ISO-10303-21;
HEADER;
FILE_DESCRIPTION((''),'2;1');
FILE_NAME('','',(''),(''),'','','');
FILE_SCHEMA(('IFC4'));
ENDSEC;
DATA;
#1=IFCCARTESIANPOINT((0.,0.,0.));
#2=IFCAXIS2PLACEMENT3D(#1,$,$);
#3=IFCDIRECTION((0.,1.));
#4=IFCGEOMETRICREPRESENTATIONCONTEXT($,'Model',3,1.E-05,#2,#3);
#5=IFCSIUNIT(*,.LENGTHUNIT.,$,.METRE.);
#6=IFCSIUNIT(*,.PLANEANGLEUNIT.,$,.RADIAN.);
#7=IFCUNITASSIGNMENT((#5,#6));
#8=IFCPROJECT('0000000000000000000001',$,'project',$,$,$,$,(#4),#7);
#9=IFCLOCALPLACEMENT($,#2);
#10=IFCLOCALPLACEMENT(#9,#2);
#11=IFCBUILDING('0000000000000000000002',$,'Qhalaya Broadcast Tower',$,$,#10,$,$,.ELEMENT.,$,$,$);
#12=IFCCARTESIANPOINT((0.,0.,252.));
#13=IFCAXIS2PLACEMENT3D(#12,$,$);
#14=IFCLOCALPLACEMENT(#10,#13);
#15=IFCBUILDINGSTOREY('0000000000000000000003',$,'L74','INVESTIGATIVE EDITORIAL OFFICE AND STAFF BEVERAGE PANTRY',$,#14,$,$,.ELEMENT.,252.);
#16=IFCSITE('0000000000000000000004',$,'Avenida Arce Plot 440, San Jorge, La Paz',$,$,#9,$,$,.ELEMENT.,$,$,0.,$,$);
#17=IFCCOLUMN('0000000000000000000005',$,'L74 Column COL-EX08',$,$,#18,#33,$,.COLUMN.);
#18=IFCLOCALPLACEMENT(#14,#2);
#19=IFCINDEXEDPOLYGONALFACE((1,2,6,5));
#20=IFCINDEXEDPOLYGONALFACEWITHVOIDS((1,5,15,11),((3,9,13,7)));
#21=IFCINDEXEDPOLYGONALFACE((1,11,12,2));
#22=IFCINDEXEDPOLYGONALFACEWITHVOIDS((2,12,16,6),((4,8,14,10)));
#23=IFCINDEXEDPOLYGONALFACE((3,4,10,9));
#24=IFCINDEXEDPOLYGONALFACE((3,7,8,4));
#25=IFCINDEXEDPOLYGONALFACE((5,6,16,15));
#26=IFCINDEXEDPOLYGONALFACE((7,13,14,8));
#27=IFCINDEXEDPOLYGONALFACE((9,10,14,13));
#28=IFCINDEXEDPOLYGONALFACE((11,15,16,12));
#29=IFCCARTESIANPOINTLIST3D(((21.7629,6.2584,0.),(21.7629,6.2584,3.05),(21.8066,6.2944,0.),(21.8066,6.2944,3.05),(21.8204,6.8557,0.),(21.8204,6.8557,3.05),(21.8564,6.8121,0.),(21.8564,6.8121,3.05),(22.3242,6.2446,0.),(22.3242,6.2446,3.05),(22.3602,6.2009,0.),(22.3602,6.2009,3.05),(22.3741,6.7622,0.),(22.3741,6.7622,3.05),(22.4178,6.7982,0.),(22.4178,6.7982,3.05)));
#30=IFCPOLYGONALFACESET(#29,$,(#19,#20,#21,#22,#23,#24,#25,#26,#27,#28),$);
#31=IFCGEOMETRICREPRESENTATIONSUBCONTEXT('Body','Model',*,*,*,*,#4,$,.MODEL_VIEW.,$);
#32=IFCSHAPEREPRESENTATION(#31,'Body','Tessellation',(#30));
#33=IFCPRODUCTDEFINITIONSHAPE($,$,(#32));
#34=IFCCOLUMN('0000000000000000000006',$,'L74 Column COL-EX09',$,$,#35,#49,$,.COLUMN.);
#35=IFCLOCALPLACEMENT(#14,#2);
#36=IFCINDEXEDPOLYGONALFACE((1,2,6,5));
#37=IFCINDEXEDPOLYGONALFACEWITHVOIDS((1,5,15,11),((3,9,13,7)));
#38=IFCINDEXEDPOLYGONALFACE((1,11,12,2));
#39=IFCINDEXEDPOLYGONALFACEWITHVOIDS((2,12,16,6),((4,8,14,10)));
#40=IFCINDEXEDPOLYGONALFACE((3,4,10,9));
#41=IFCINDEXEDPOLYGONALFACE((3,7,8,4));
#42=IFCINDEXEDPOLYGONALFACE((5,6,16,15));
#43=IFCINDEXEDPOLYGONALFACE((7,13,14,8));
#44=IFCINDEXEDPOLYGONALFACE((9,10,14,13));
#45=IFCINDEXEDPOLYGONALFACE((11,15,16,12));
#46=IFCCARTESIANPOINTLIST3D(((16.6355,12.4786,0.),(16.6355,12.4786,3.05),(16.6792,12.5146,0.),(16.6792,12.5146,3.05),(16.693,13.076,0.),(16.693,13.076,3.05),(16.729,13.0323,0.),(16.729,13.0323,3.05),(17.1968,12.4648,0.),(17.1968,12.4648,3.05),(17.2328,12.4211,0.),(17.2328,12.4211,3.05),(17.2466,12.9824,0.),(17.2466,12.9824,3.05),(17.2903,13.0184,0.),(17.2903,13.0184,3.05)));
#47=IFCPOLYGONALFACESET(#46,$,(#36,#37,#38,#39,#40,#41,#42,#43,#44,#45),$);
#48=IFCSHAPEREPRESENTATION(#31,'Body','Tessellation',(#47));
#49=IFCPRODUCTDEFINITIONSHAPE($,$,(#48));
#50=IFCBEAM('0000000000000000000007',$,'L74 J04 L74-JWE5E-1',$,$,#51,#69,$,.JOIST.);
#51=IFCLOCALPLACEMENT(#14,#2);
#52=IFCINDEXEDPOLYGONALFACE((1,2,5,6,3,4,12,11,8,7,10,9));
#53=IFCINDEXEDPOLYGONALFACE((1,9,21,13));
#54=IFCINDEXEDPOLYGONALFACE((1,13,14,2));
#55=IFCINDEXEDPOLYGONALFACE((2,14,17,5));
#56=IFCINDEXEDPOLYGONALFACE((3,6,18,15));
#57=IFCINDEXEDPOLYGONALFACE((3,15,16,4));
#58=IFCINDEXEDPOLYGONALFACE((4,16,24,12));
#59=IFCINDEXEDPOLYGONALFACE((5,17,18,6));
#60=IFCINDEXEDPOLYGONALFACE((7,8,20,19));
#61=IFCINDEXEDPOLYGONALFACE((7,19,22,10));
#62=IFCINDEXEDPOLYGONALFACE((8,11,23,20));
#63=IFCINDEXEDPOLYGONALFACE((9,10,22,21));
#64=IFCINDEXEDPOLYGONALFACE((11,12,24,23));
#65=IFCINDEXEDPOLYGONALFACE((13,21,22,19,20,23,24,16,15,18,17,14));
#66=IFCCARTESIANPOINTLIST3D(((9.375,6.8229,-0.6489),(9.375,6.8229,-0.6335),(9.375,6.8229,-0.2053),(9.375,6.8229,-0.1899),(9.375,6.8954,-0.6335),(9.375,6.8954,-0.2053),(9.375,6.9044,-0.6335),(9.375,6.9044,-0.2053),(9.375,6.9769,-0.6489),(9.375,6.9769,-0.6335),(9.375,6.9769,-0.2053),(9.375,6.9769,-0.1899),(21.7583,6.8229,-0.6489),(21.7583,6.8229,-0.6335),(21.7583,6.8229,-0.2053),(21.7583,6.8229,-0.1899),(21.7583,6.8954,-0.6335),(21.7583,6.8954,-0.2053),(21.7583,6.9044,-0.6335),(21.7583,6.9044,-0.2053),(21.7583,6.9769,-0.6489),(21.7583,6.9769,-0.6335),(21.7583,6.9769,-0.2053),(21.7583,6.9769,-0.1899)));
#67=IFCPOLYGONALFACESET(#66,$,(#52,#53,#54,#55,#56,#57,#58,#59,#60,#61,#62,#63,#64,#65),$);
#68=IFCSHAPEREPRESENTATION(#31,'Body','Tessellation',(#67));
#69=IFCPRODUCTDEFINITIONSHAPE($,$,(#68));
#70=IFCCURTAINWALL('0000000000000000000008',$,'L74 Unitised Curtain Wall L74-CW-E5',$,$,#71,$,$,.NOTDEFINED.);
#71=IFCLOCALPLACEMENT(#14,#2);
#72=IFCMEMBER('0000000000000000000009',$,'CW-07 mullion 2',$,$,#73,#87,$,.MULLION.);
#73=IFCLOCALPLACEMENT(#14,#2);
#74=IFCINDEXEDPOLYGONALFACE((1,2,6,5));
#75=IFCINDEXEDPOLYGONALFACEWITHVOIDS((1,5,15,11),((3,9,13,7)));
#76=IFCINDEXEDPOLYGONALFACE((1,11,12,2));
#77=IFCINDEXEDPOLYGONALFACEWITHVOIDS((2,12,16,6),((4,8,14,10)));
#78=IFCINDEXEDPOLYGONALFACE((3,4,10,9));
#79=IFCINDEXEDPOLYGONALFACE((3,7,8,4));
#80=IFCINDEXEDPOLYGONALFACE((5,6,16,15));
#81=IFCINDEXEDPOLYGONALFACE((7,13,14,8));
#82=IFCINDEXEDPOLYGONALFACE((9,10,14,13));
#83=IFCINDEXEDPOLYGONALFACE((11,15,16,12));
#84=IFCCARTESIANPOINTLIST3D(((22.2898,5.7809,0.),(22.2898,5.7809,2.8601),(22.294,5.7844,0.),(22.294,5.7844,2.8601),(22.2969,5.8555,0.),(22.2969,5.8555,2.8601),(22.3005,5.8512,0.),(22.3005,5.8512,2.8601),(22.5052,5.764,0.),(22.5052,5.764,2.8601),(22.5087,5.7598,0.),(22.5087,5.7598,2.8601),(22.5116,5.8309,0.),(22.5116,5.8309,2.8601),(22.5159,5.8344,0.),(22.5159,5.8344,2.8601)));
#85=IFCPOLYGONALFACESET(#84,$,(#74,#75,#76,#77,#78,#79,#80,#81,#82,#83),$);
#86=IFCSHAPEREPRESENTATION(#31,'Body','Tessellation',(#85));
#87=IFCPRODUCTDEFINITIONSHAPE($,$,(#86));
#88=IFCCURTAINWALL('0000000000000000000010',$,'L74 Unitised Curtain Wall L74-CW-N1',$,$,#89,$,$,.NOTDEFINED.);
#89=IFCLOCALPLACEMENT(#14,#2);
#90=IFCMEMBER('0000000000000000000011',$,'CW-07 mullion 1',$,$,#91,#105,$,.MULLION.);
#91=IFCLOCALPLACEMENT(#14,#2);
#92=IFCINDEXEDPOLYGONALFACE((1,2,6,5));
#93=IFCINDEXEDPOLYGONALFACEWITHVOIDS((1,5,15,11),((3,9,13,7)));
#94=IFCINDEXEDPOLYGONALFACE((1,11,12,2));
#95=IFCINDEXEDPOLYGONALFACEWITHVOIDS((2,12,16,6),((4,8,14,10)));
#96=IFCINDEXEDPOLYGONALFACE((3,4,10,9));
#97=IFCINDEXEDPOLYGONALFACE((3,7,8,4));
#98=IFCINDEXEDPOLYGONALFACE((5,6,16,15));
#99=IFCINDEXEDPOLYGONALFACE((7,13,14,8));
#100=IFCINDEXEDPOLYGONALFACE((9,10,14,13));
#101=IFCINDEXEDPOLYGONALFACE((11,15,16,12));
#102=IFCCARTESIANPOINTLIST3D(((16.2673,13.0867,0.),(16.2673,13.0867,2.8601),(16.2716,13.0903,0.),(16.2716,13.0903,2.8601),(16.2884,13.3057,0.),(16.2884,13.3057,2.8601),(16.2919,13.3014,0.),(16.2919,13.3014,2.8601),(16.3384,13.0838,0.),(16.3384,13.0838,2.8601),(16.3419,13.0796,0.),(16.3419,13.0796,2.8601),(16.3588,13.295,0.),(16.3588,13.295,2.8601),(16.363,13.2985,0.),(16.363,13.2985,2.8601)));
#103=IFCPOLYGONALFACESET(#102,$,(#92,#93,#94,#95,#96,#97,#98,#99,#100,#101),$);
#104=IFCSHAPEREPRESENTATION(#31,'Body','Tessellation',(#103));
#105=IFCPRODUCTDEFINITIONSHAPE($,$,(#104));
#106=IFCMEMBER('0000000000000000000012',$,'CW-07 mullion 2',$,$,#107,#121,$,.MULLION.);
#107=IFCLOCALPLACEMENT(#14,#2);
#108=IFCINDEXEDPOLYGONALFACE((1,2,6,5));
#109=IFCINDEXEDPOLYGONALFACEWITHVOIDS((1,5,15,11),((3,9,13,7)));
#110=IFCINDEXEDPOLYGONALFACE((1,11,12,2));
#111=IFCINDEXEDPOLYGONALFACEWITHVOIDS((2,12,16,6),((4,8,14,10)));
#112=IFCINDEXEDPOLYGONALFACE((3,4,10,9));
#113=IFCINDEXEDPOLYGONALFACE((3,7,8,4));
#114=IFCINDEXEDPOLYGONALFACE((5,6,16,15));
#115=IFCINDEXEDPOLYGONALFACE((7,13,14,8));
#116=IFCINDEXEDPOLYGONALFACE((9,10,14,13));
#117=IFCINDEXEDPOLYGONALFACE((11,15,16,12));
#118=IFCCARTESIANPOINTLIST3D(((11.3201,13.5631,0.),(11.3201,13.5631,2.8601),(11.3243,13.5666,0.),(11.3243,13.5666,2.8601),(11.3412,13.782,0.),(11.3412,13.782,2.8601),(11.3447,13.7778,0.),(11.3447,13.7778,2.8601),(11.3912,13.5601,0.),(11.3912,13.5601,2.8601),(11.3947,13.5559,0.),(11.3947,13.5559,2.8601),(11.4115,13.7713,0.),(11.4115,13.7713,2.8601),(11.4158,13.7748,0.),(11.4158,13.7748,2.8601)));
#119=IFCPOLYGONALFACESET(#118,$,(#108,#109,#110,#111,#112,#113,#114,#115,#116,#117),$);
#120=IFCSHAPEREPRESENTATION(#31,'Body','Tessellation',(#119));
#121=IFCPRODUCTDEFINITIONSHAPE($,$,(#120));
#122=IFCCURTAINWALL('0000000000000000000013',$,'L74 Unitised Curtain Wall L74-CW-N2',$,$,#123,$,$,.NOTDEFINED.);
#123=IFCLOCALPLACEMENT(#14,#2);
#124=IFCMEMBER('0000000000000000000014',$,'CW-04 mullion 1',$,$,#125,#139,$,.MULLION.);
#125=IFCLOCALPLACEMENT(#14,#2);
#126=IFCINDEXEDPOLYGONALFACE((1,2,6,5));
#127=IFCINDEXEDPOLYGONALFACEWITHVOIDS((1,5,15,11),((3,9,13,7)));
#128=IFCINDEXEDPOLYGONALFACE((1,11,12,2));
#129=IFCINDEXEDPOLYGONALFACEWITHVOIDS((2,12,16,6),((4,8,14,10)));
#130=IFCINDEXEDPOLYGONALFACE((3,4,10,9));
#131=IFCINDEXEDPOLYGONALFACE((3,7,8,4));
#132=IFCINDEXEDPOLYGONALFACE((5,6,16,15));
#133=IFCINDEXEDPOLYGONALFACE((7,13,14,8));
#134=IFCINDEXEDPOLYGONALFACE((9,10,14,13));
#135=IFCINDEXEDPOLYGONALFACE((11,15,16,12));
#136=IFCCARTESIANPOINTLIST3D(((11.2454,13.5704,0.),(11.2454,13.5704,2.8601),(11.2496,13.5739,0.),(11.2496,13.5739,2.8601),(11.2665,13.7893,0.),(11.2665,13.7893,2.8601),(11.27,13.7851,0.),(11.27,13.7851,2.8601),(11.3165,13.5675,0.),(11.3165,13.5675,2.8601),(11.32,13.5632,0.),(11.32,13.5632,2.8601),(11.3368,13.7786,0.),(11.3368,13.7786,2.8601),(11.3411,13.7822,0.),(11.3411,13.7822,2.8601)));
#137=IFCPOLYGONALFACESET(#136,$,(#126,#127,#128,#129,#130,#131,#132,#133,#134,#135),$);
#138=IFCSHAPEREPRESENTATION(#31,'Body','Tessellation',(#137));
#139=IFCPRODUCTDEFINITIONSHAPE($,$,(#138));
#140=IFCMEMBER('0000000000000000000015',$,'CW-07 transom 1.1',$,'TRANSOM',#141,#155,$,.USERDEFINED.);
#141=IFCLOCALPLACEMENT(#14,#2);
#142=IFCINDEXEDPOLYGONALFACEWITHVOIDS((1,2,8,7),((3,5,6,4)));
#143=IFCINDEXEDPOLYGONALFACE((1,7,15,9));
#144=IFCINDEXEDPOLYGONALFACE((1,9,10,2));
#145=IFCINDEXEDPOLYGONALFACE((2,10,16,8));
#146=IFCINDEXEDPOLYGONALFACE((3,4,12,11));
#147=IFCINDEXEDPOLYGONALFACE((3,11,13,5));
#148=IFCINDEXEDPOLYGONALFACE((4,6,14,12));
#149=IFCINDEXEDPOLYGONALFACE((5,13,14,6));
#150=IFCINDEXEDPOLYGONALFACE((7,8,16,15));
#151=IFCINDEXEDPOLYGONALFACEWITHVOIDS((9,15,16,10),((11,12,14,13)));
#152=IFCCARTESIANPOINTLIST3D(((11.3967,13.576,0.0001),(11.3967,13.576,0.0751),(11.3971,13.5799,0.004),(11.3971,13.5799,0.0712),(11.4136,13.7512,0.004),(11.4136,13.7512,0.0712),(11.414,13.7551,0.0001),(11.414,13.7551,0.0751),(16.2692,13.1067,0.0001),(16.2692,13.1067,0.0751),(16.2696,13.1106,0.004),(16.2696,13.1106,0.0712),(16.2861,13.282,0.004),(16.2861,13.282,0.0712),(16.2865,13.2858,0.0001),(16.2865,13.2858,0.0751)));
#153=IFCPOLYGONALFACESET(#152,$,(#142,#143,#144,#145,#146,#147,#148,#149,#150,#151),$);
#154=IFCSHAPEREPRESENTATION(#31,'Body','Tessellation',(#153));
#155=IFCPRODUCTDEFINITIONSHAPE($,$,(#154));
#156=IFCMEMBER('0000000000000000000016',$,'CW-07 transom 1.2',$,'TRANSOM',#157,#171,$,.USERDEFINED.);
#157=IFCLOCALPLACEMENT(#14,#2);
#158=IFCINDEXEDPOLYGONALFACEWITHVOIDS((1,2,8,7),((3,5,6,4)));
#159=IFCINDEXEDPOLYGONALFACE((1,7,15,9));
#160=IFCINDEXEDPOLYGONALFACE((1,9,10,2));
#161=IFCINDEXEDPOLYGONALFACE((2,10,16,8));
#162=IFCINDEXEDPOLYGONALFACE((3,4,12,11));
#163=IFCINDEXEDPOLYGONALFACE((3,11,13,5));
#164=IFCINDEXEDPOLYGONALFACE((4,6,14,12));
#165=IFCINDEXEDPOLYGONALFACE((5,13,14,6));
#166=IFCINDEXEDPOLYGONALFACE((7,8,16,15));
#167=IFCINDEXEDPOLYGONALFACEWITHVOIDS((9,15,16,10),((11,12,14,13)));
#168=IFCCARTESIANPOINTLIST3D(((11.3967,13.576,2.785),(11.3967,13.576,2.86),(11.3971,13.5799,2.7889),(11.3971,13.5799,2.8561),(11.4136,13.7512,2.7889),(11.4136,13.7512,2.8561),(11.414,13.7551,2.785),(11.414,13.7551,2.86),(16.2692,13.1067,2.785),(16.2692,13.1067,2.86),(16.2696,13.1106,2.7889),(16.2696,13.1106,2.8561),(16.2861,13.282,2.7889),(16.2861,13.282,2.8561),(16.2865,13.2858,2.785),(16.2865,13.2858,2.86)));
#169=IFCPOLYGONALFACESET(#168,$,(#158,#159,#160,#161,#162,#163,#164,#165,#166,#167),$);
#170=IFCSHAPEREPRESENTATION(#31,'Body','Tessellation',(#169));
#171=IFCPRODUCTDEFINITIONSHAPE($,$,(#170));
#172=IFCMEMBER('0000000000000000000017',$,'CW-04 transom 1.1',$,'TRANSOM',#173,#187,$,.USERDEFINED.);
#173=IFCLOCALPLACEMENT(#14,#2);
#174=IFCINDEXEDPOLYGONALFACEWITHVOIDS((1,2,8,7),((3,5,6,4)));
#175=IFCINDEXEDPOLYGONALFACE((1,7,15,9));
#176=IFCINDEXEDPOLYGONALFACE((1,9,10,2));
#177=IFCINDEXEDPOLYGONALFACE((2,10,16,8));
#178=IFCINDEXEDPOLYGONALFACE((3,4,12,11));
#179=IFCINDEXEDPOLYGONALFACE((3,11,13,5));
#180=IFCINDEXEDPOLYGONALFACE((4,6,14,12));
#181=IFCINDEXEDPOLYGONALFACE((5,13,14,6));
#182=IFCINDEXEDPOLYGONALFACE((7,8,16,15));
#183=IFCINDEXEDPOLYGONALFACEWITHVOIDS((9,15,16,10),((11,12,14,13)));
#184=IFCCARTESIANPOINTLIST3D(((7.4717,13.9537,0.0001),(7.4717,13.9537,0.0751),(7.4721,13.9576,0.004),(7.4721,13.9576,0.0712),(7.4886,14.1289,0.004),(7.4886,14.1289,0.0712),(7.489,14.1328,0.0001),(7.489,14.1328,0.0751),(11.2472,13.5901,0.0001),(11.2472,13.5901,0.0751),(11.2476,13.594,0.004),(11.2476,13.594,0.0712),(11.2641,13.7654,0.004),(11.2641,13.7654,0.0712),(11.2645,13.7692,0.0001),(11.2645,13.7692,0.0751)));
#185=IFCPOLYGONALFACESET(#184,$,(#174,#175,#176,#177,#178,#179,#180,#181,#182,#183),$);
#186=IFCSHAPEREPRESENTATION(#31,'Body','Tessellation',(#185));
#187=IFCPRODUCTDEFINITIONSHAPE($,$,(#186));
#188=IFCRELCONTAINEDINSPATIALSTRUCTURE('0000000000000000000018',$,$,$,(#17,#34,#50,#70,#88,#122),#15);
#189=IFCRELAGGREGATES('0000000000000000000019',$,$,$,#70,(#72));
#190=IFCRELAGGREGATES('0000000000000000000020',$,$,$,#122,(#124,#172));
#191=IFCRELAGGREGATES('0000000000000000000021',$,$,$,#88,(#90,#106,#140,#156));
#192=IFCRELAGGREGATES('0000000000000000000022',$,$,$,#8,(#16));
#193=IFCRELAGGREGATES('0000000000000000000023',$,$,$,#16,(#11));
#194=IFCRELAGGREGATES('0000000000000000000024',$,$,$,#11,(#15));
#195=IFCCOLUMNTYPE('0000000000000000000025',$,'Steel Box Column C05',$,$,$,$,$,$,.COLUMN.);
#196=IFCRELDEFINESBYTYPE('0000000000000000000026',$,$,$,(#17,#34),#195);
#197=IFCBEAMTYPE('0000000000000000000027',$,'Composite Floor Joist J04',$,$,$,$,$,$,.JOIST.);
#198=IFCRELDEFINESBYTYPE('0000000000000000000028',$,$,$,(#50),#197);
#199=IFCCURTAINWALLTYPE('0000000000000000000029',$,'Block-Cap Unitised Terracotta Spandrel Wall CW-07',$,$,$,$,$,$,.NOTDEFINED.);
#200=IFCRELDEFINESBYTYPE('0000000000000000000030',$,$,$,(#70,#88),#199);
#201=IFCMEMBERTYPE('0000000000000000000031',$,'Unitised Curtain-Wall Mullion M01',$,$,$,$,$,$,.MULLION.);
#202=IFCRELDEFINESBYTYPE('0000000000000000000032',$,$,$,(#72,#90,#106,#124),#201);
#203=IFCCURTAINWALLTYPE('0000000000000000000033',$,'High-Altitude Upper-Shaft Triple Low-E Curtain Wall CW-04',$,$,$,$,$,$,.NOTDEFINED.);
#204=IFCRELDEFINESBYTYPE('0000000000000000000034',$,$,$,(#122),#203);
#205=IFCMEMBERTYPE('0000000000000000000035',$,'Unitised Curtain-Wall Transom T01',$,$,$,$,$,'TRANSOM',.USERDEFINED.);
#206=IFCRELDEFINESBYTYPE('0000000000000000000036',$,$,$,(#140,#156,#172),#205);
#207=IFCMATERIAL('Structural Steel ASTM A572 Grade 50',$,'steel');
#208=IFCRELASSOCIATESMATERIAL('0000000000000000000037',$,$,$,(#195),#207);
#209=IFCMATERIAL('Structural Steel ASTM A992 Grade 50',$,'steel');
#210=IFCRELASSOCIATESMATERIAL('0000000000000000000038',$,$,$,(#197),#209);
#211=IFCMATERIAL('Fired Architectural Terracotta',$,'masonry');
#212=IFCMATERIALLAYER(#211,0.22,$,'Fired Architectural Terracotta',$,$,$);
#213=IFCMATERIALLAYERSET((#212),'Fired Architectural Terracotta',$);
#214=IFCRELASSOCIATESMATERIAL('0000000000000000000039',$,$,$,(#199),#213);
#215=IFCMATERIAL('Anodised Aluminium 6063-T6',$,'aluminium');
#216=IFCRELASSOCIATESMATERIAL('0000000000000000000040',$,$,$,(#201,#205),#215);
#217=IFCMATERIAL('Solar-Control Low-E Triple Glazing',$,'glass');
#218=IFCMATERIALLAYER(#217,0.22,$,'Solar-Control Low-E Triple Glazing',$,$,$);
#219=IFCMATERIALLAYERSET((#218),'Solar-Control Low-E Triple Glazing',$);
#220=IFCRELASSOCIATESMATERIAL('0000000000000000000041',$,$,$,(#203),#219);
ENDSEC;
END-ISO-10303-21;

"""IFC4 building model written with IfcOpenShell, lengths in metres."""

from ifc_helpers import new_model, si_unit, direction, frame, origin, origin_2d, place, context, subcontext, project, spatial, hollow_rectangle, i_section, extrude, material, layer, layer_set, material_profile, profile_set, type_object, element, aggregate, save


model = new_model("IFC4")

# Units and contexts
model_context = context("Model", 3, precision=1e-05, world=origin(), true_north=direction((0.0, 1.0)))
body_context = subcontext(model_context, "Body", "Model", "MODEL_VIEW")
ifc_project = project(units=[si_unit("LENGTHUNIT", "METRE"), si_unit("PLANEANGLEUNIT", "RADIAN")], contexts=[model_context])

# Site, building, storey
site_placement = place(None, origin())
site = spatial("IfcSite", under=ifc_project, at=site_placement, Name="Avenida Arce Plot 440, San Jorge, La Paz", CompositionType="ELEMENT", RefElevation=0.0)
building_placement = place(site_placement, origin())
building = spatial("IfcBuilding", under=site, at=building_placement, Name="Qhalaya Broadcast Tower", CompositionType="ELEMENT")
storey_placement = place(building_placement, frame((0.0, 0.0, 252.0)))
storey = spatial("IfcBuildingStorey", under=building, at=storey_placement, Name="L74", Description="INVESTIGATIVE EDITORIAL OFFICE AND STAFF BEVERAGE PANTRY", CompositionType="ELEMENT", Elevation=252.0)

# Columns
ifc_material_1 = material(Name="Structural Steel ASTM A572 Grade 50", Category="steel")
ifc_material_profile_1 = material_profile(ifc_material_1, hollow_rectangle(XDim=0.6001, YDim=0.6001, WallThickness=0.04, at=origin_2d()), Name="BOX 600x600x40")
ifc_profile_set_1 = profile_set([ifc_material_profile_1], Name="Structural Steel ASTM A572 Grade 50")
column_type = type_object("IfcColumnType", Name="Steel Box Column C05", PredefinedType="COLUMN", material=ifc_profile_set_1)
for number, where, z_axis, x_axis, name in (
    (1, (22.0903, 6.5283, 0.0), (0.0, 0.0, 1.0), (0.095846, 0.995396, 0.0), "L74 Column COL-EX08"),
    (2, (16.9629, 12.7485, 0.0), (0.0, 0.0, 1.0), (0.995396, -0.095846, 0.0), "L74 Column COL-EX09"),
):
    element("IfcColumn", number, at=place(storey_placement, frame(where, z_axis=z_axis, x_axis=x_axis)), inside=storey, type_object=column_type, Name=name, PredefinedType="COLUMN", context=body_context, shape_type="SweptSolid", body=[
        extrude(hollow_rectangle(XDim=0.6001, YDim=0.6001, WallThickness=0.04, at=origin_2d()), origin(), (0.0, 0.0, 1.0), 3.05),
    ])

# Beam
ifc_material_2 = material(Name="Structural Steel ASTM A992 Grade 50", Category="steel")
ifc_material_profile_2 = material_profile(ifc_material_2, i_section(OverallWidth=0.1541, OverallDepth=0.459, WebThickness=0.009, FlangeThickness=0.0154, at=origin_2d()), Name="W18X46")
ifc_profile_set_2 = profile_set([ifc_material_profile_2], Name="Structural Steel ASTM A992 Grade 50")
beam_type_1 = type_object("IfcBeamType", Name="Composite Floor Joist J04", PredefinedType="JOIST", material=ifc_profile_set_2)
beam_1_placement = place(storey_placement, frame((9.375, 6.8999, -0.4194), z_axis=(1.0, 0.0, 0.0), x_axis=(0.0, 1.0, 0.0)))
element("IfcBeam", 3, at=beam_1_placement, inside=storey, type_object=beam_type_1, Name="L74 J04 L74-JWE5E-1", PredefinedType="JOIST", context=body_context, shape_type="SweptSolid", body=[
    extrude(i_section(OverallWidth=0.1541, OverallDepth=0.459, WebThickness=0.009, FlangeThickness=0.0154, at=origin_2d()), origin(), (0.0, 0.0, 1.0), 12.3833),
])

# Curtain wall, member
ifc_material_3 = material(Name="Fired Architectural Terracotta", Category="masonry")
ifc_layer_1 = layer(ifc_material_3, 0.22, Name="Fired Architectural Terracotta")
ifc_layer_set_1 = layer_set([ifc_layer_1], Name="Fired Architectural Terracotta")
curtain_wall_type_1 = type_object("IfcCurtainWallType", Name="Block-Cap Unitised Terracotta Spandrel Wall CW-07", PredefinedType="NOTDEFINED", material=ifc_layer_set_1)
curtain_wall_1_placement = place(storey_placement, origin())
curtain_wall_1 = element("IfcCurtainWall", 4, at=curtain_wall_1_placement, inside=storey, type_object=curtain_wall_type_1, Name="L74 Unitised Curtain Wall L74-CW-E5", PredefinedType="NOTDEFINED")
ifc_material_4 = material(Name="Anodised Aluminium 6063-T6", Category="aluminium")
ifc_material_profile_3 = material_profile(ifc_material_4, hollow_rectangle(XDim=0.075, YDim=0.22, WallThickness=0.0039, at=origin_2d()), Name="ALU-MUL 75x220x4")
ifc_profile_set_3 = profile_set([ifc_material_profile_3], Name="Anodised Aluminium 6063-T6")
member_type_1 = type_object("IfcMemberType", Name="Unitised Curtain-Wall Mullion M01", PredefinedType="MULLION", material=ifc_profile_set_3)
member_1_placement = place(storey_placement, frame((22.4028, 5.8076, 0.0), z_axis=(0.0, 0.0, 1.0), x_axis=(0.09584, 0.995397, 0.0)))
member_1 = element("IfcMember", 5, at=member_1_placement, type_object=member_type_1, Name="CW-07 mullion 2", PredefinedType="MULLION", context=body_context, shape_type="SweptSolid", body=[
    extrude(hollow_rectangle(XDim=0.075, YDim=0.22, WallThickness=0.0039, at=origin_2d()), origin(), (0.0, 0.0, 1.0), 2.8601),
])
aggregate(curtain_wall_1, [member_1])

# Curtain wall, members
curtain_wall_2_placement = place(storey_placement, origin())
curtain_wall_2 = element("IfcCurtainWall", 6, at=curtain_wall_2_placement, inside=storey, type_object=curtain_wall_type_1, Name="L74 Unitised Curtain Wall L74-CW-N1", PredefinedType="NOTDEFINED")
member_2_placement = place(storey_placement, frame((16.3152, 13.1926, 0.0), z_axis=(0.0, 0.0, 1.0), x_axis=(-0.995395, 0.095857, 0.0)))
member_2 = element("IfcMember", 7, at=member_2_placement, type_object=member_type_1, Name="CW-07 mullion 1", PredefinedType="MULLION", context=body_context, shape_type="SweptSolid", body=[
    extrude(hollow_rectangle(XDim=0.075, YDim=0.22, WallThickness=0.0039, at=origin_2d()), origin(), (0.0, 0.0, 1.0), 2.8601),
])
member_3_placement = place(storey_placement, frame((11.3679, 13.6689, 0.0), z_axis=(0.0, 0.0, 1.0), x_axis=(-0.995395, 0.095857, 0.0)))
member_3 = element("IfcMember", 8, at=member_3_placement, type_object=member_type_1, Name="CW-07 mullion 2", PredefinedType="MULLION", context=body_context, shape_type="SweptSolid", body=[
    extrude(hollow_rectangle(XDim=0.075, YDim=0.22, WallThickness=0.0039, at=origin_2d()), origin(), (0.0, 0.0, 1.0), 2.8601),
])

# Curtain wall, member
ifc_material_5 = material(Name="Solar-Control Low-E Triple Glazing", Category="glass")
ifc_layer_2 = layer(ifc_material_5, 0.22, Name="Solar-Control Low-E Triple Glazing")
ifc_layer_set_2 = layer_set([ifc_layer_2], Name="Solar-Control Low-E Triple Glazing")
curtain_wall_type_2 = type_object("IfcCurtainWallType", Name="High-Altitude Upper-Shaft Triple Low-E Curtain Wall CW-04", PredefinedType="NOTDEFINED", material=ifc_layer_set_2)
curtain_wall_3_placement = place(storey_placement, origin())
curtain_wall_3 = element("IfcCurtainWall", 9, at=curtain_wall_3_placement, inside=storey, type_object=curtain_wall_type_2, Name="L74 Unitised Curtain Wall L74-CW-N2", PredefinedType="NOTDEFINED")
member_4_placement = place(storey_placement, frame((11.2932, 13.6763, 0.0), z_axis=(0.0, 0.0, 1.0), x_axis=(-0.995397, 0.095842, 0.0)))
member_4 = element("IfcMember", 10, at=member_4_placement, type_object=member_type_1, Name="CW-04 mullion 1", PredefinedType="MULLION", context=body_context, shape_type="SweptSolid", body=[
    extrude(hollow_rectangle(XDim=0.075, YDim=0.22, WallThickness=0.0039, at=origin_2d()), origin(), (0.0, 0.0, 1.0), 2.8601),
])

# Members
ifc_material_profile_4 = material_profile(ifc_material_4, hollow_rectangle(XDim=0.075, YDim=0.1799, WallThickness=0.0039, at=origin_2d()), Name="ALU-TRN 75x180x4")
ifc_profile_set_4 = profile_set([ifc_material_profile_4], Name="Anodised Aluminium 6063-T6")
member_type_2 = type_object("IfcMemberType", Name="Unitised Curtain-Wall Transom T01", ElementType="TRANSOM", PredefinedType="USERDEFINED", material=ifc_profile_set_4)
member_5_placement = place(storey_placement, frame((16.2778, 13.1963, 0.0376), z_axis=(-0.995395, 0.095859, 0.0), x_axis=(0.0, 0.0, 1.0)))
member_5 = element("IfcMember", 11, at=member_5_placement, type_object=member_type_2, Name="CW-07 transom 1.1", ObjectType="TRANSOM", PredefinedType="USERDEFINED", context=body_context, shape_type="SweptSolid", body=[
    extrude(hollow_rectangle(XDim=0.075, YDim=0.1799, WallThickness=0.0039, at=origin_2d()), origin(), (0.0, 0.0, 1.0), 4.895),
])
member_6_placement = place(storey_placement, frame((16.2778, 13.1963, 2.8225), z_axis=(-0.995395, 0.095859, 0.0), x_axis=(0.0, 0.0, 1.0)))
member_6 = element("IfcMember", 12, at=member_6_placement, type_object=member_type_2, Name="CW-07 transom 1.2", ObjectType="TRANSOM", PredefinedType="USERDEFINED", context=body_context, shape_type="SweptSolid", body=[
    extrude(hollow_rectangle(XDim=0.075, YDim=0.1799, WallThickness=0.0039, at=origin_2d()), origin(), (0.0, 0.0, 1.0), 4.895),
])
member_7_placement = place(storey_placement, frame((11.2559, 13.6797, 0.0376), z_axis=(-0.995396, 0.095845, 0.0), x_axis=(0.0, 0.0, 1.0)))
member_7 = element("IfcMember", 13, at=member_7_placement, type_object=member_type_2, Name="CW-04 transom 1.1", ObjectType="TRANSOM", PredefinedType="USERDEFINED", context=body_context, shape_type="SweptSolid", body=[
    extrude(hollow_rectangle(XDim=0.075, YDim=0.1799, WallThickness=0.0039, at=origin_2d()), origin(), (0.0, 0.0, 1.0), 3.793),
])
aggregate(curtain_wall_3, [member_4, member_7])

aggregate(curtain_wall_2, [member_2, member_3, member_5, member_6])

save(model, "model.ifc")
